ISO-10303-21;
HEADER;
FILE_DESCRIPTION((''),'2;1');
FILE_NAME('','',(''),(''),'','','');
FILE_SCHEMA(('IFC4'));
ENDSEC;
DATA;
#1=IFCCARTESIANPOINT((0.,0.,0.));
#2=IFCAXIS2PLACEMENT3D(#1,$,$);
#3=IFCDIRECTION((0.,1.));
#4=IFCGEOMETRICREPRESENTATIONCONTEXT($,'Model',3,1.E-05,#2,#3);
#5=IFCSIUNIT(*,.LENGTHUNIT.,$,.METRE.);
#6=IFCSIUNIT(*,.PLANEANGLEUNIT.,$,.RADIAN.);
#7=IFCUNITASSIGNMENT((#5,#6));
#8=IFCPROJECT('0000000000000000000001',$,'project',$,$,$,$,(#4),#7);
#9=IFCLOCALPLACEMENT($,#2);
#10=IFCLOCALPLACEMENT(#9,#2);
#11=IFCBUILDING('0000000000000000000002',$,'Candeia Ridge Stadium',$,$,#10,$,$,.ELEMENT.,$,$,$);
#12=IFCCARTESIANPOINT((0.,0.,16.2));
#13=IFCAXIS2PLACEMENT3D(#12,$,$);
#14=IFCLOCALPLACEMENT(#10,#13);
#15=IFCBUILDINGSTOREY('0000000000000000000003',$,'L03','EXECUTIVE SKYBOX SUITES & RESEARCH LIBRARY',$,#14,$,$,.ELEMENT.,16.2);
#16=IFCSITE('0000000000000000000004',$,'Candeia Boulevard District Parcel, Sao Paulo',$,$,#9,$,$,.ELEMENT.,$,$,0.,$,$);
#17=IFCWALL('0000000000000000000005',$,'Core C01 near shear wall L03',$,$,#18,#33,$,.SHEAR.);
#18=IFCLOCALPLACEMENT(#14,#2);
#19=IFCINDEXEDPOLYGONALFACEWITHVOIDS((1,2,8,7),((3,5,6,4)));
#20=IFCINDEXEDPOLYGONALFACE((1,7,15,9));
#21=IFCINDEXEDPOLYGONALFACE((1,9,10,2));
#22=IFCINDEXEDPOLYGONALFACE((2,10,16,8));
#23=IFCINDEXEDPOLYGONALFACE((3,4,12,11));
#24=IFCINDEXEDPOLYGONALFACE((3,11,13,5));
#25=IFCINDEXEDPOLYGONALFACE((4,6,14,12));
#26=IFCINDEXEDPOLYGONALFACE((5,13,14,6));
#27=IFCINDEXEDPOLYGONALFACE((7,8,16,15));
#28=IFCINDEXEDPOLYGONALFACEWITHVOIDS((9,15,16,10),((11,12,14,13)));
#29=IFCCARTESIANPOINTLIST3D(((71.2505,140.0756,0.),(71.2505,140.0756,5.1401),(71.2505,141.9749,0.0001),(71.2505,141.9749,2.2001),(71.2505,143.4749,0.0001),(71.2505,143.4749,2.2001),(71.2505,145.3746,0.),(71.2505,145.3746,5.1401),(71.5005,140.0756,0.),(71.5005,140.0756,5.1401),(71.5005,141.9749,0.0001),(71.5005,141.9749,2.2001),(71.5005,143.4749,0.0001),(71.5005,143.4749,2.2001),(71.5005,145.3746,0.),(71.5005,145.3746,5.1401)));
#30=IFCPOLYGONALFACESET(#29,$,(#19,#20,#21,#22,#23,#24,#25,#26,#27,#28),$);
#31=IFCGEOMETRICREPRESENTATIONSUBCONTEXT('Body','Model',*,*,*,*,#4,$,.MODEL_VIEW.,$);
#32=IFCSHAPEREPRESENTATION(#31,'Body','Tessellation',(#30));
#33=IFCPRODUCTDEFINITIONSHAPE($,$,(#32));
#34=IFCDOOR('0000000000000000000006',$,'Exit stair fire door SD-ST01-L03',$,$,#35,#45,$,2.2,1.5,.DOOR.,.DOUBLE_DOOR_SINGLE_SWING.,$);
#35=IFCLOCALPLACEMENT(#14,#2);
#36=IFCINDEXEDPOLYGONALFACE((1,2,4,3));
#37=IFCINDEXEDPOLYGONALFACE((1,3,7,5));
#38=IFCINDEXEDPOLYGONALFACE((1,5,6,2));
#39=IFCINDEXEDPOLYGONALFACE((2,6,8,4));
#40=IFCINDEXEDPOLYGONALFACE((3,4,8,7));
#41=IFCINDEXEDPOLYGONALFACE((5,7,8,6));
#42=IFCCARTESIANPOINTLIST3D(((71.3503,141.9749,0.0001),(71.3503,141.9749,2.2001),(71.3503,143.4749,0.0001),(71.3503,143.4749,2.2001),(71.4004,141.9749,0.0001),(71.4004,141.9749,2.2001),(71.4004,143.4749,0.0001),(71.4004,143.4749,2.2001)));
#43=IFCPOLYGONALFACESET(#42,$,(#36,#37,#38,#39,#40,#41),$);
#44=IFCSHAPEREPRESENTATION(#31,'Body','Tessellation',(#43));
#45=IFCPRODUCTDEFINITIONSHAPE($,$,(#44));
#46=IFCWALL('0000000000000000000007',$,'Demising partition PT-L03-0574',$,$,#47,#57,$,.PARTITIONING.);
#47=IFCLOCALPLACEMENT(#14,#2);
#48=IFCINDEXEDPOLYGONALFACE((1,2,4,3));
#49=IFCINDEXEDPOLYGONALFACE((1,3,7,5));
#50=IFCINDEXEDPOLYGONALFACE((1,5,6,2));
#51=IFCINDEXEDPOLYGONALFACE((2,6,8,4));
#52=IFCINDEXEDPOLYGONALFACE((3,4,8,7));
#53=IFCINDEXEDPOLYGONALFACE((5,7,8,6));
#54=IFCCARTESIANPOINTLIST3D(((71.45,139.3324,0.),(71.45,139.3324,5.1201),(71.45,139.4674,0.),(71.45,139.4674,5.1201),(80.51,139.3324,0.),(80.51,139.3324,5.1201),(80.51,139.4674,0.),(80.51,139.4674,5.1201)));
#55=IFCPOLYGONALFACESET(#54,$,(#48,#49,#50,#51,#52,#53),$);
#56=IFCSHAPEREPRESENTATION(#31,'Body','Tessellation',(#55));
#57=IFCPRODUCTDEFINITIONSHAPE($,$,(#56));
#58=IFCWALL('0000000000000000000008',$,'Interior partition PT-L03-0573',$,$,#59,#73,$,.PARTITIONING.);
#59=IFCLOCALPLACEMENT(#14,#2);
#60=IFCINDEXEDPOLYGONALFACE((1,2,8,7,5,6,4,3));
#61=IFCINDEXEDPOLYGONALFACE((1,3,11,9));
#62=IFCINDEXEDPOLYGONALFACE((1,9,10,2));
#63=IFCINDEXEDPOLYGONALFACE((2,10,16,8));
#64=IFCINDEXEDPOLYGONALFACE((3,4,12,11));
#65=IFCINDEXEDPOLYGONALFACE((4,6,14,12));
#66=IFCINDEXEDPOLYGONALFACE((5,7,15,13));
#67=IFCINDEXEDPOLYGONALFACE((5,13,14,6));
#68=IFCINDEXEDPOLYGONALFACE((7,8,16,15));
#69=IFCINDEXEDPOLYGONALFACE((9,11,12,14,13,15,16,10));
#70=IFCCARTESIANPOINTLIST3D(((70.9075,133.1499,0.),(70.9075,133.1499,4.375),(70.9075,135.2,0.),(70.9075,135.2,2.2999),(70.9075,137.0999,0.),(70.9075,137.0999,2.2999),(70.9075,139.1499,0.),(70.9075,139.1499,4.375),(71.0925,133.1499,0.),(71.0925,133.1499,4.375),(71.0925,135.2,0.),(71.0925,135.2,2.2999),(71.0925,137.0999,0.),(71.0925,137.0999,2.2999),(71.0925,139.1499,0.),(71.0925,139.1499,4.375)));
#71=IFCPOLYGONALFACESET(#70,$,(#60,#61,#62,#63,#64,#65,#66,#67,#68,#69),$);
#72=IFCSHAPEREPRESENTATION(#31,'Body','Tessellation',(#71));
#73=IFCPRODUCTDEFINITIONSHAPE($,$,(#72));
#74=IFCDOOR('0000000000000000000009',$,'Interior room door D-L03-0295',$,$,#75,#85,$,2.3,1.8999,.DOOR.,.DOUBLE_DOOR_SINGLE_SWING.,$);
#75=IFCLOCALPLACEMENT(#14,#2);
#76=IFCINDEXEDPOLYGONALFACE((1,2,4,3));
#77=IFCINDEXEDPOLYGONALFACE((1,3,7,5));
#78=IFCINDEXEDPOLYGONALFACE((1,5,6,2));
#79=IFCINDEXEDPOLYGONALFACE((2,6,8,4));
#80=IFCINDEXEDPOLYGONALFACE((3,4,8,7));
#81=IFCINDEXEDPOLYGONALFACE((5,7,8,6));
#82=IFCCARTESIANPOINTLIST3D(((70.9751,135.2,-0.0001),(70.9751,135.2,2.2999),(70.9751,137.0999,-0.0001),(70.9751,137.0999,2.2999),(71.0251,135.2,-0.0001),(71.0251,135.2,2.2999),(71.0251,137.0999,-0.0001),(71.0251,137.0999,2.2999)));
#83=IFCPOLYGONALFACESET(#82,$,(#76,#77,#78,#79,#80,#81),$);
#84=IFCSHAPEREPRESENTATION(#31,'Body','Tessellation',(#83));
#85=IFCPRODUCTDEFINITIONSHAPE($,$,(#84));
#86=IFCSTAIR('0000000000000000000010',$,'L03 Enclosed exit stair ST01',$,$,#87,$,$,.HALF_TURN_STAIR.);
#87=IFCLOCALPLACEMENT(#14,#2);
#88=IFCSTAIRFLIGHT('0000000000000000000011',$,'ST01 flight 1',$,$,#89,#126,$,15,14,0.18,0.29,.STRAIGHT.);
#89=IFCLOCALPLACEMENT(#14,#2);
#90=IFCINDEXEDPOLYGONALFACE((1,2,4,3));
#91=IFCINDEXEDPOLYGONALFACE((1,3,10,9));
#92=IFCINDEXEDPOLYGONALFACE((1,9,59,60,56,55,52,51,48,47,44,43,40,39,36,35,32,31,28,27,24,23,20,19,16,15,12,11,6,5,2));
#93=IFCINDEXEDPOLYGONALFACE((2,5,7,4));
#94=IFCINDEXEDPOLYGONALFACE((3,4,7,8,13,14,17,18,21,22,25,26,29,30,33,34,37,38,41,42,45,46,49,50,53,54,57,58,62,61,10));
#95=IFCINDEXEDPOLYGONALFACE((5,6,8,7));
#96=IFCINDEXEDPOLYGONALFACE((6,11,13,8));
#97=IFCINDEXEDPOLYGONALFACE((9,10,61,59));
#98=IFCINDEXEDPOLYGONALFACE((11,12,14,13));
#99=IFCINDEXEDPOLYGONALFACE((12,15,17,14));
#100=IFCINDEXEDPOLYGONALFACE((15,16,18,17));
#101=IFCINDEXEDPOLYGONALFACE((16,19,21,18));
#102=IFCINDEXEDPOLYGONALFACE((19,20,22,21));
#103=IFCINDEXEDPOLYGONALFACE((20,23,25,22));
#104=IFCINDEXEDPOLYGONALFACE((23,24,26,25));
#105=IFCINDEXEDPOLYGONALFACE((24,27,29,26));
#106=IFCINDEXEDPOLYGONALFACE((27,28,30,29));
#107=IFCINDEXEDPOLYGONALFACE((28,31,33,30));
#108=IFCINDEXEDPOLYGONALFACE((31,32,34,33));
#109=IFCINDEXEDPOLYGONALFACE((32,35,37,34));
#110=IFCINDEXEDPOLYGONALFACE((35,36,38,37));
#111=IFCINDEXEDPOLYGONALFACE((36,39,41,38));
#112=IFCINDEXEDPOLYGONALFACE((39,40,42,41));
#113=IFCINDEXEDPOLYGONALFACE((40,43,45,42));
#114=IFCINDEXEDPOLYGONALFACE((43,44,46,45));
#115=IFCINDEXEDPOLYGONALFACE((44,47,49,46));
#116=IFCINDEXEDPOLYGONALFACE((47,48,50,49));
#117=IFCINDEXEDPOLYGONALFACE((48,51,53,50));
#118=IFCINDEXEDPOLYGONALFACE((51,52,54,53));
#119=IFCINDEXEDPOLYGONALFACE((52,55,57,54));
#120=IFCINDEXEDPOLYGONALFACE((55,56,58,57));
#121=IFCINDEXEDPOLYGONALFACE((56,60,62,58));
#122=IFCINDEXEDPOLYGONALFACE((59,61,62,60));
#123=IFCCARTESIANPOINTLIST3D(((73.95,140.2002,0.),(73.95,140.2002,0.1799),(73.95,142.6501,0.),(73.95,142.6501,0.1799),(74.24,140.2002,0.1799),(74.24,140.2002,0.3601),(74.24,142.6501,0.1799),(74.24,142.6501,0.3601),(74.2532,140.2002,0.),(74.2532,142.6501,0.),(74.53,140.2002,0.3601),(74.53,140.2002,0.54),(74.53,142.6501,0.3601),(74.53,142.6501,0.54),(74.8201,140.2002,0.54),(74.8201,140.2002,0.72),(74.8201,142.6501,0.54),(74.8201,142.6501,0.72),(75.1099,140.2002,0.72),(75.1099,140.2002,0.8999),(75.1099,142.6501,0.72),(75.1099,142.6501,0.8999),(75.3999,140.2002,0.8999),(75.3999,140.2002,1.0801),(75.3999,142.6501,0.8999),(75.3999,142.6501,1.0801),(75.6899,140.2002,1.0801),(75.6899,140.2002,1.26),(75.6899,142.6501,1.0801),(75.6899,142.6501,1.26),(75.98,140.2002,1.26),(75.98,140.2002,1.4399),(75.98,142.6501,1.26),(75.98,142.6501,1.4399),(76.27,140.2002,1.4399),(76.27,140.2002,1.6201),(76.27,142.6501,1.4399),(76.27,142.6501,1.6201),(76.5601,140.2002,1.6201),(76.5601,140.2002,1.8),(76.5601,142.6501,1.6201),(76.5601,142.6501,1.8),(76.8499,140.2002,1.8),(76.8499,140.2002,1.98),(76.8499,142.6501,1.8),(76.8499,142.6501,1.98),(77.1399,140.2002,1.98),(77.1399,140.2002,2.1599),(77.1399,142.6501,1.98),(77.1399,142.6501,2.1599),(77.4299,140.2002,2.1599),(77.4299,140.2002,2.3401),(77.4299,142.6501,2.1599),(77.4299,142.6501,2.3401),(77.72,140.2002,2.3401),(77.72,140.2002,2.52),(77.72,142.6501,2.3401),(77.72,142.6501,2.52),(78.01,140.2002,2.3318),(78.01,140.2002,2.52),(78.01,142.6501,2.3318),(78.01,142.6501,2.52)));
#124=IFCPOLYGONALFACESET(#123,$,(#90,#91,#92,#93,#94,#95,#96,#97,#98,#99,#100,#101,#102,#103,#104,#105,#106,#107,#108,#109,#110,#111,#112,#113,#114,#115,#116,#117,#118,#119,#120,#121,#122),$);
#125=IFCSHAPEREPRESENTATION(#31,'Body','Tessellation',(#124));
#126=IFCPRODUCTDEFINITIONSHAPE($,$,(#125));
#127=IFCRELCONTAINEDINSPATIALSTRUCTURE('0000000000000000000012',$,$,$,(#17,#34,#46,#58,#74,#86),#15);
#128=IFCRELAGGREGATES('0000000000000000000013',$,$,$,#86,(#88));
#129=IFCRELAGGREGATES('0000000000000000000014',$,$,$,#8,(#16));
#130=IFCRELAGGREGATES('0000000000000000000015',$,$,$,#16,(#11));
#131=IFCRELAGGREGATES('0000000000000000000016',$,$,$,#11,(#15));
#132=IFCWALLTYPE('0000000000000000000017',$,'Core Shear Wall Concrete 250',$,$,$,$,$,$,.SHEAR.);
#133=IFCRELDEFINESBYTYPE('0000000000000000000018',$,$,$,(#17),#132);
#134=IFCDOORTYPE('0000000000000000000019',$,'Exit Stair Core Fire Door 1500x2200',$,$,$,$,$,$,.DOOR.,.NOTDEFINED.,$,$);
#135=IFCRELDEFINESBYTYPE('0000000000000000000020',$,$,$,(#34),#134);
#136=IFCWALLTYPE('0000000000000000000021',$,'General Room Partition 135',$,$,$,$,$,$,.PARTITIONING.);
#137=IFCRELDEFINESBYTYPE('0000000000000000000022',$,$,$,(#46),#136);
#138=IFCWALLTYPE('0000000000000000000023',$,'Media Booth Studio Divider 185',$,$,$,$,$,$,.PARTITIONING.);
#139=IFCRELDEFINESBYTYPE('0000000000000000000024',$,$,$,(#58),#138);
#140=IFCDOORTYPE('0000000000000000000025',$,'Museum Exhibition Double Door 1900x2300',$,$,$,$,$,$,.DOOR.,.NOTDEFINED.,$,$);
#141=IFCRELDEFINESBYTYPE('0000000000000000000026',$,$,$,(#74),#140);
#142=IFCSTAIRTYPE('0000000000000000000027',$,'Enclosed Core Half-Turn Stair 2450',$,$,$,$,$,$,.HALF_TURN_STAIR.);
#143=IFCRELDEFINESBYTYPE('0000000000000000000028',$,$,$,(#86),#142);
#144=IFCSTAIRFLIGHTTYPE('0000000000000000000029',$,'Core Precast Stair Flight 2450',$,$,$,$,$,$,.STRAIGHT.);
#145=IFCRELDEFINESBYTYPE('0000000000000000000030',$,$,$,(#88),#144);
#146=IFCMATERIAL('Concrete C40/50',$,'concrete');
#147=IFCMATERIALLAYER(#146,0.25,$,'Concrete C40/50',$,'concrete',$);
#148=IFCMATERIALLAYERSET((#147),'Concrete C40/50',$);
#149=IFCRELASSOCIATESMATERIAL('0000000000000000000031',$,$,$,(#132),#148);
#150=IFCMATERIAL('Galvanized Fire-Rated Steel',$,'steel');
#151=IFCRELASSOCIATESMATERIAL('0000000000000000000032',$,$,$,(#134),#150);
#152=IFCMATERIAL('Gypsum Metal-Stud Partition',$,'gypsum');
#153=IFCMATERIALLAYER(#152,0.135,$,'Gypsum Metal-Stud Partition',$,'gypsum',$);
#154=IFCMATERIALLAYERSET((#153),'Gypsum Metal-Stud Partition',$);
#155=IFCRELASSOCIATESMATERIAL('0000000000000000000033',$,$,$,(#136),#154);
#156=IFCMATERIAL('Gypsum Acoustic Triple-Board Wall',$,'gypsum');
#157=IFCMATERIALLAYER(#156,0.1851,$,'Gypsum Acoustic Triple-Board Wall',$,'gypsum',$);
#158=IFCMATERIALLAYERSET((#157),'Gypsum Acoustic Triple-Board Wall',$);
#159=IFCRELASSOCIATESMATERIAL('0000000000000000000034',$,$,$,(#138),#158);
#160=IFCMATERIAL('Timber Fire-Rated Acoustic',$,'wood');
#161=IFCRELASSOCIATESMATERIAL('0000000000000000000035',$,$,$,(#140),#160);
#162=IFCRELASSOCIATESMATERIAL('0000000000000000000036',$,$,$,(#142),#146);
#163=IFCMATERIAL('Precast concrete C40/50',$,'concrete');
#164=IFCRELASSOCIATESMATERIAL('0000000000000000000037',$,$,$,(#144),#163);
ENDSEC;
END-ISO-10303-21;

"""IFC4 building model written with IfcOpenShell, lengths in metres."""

from ifc_helpers import new_model, si_unit, direction, frame, frame_2d, origin, place, context, subcontext, project, spatial, polyline, rectangle, outline, extrude, material, layer, layer_set, type_object, element, fill, aggregate, save


model = new_model("IFC4")

# Units and contexts
model_context = context("Model", 3, precision=1e-05, world=origin(), true_north=direction((0.0, 1.0)))
body_context = subcontext(model_context, "Body", "Model", "MODEL_VIEW")
ifc_project = project(units=[si_unit("LENGTHUNIT", "METRE"), si_unit("PLANEANGLEUNIT", "RADIAN")], contexts=[model_context])

# Site, building, storey
site_placement = place(None, origin())
site = spatial("IfcSite", under=ifc_project, at=site_placement, Name="Candeia Boulevard District Parcel, Sao Paulo", CompositionType="ELEMENT", RefElevation=0.0)
building_placement = place(site_placement, origin())
building = spatial("IfcBuilding", under=site, at=building_placement, Name="Candeia Ridge Stadium", CompositionType="ELEMENT")
storey_placement = place(building_placement, frame((0.0, 0.0, 16.2)))
storey = spatial("IfcBuildingStorey", under=building, at=storey_placement, Name="L03", Description="EXECUTIVE SKYBOX SUITES & RESEARCH LIBRARY", CompositionType="ELEMENT", Elevation=16.2)

# Shared definitions
ifc_material_1 = material(Name="Concrete C40/50", Category="concrete")

# Shared definitions
ifc_layer_1 = layer(ifc_material_1, 0.25, Name="Concrete C40/50", Category="concrete")
ifc_layer_set_1 = layer_set([ifc_layer_1], Name="Concrete C40/50")
wall_type_1 = type_object("IfcWallType", Name="Core Shear Wall Concrete 250", PredefinedType="SHEAR", material=ifc_layer_set_1)

# Wall, opening, door
wall_1_placement = place(storey_placement, frame((71.3755, 145.3745, 0.0), z_axis=(0.0, 0.0, 1.0), x_axis=(0.0, -1.0, 0.0)))
wall_1 = element("IfcWall", 1, at=wall_1_placement, inside=storey, type_object=wall_type_1, Name="Core C01 near shear wall L03", PredefinedType="SHEAR", context=body_context, shape_type="SweptSolid", body=[
    extrude(rectangle(XDim=5.2991, YDim=0.25, at=frame_2d((2.6494, 0.0))), origin(), (0.0, 0.0, 1.0), 5.1401),
])
opening_1_placement = place(wall_1_placement, frame((1.8997, 0.0, 0.0)))
opening_1 = element("IfcOpeningElement", 2, at=opening_1_placement, cuts=wall_1, PredefinedType="OPENING", context=body_context, shape_type="SweptSolid", body=[
    extrude(rectangle(XDim=1.5, YDim=2.2, at=frame_2d((0.75, 1.1001))), frame((0.0, 0.135, 0.0), z_axis=(0.0, -1.0, 0.0), x_axis=(1.0, 0.0, 0.0)), (0.0, 0.0, 1.0), 0.27),
])
ifc_material_2 = material(Name="Galvanized Fire-Rated Steel", Category="steel")
door_type_1 = type_object("IfcDoorType", Name="Exit Stair Core Fire Door 1500x2200", OperationType="NOTDEFINED", PredefinedType="DOOR", material=ifc_material_2)
door_1_placement = place(opening_1_placement, origin())
door_1 = element("IfcDoor", 3, at=door_1_placement, inside=storey, type_object=door_type_1, Name="Exit stair fire door SD-ST01-L03", OperationType="DOUBLE_DOOR_SINGLE_SWING", OverallHeight=2.2, OverallWidth=1.5, PredefinedType="DOOR", context=body_context, shape_type="SweptSolid", body=[
    extrude(rectangle(XDim=1.5, YDim=2.2, at=frame_2d((0.75, 1.1001))), frame((0.0, 0.0249, 0.0), z_axis=(0.0, -1.0, 0.0), x_axis=(1.0, 0.0, 0.0)), (0.0, 0.0, 1.0), 0.05),
])
fill(opening_1, door_1)

# Wall
ifc_material_3 = material(Name="Gypsum Metal-Stud Partition", Category="gypsum")
ifc_layer_2 = layer(ifc_material_3, 0.135, Name="Gypsum Metal-Stud Partition", Category="gypsum")
ifc_layer_set_2 = layer_set([ifc_layer_2], Name="Gypsum Metal-Stud Partition")
wall_type_2 = type_object("IfcWallType", Name="General Room Partition 135", PredefinedType="PARTITIONING", material=ifc_layer_set_2)
wall_2_placement = place(storey_placement, frame((71.45, 139.3999, 0.0), z_axis=(0.0, 0.0, 1.0), x_axis=(1.0, 0.0, 0.0)))
element("IfcWall", 4, at=wall_2_placement, inside=storey, type_object=wall_type_2, Name="Demising partition PT-L03-0574", PredefinedType="PARTITIONING", context=body_context, shape_type="SweptSolid", body=[
    extrude(rectangle(XDim=9.0601, YDim=0.135, at=frame_2d((4.53, 0.0))), origin(), (0.0, 0.0, 1.0), 5.1201),
])

# Wall, opening, door
ifc_material_4 = material(Name="Gypsum Acoustic Triple-Board Wall", Category="gypsum")
ifc_layer_3 = layer(ifc_material_4, 0.1851, Name="Gypsum Acoustic Triple-Board Wall", Category="gypsum")
ifc_layer_set_3 = layer_set([ifc_layer_3], Name="Gypsum Acoustic Triple-Board Wall")
wall_type_3 = type_object("IfcWallType", Name="Media Booth Studio Divider 185", PredefinedType="PARTITIONING", material=ifc_layer_set_3)
wall_3_placement = place(storey_placement, frame((71.0, 133.1499, 0.0), z_axis=(0.0, 0.0, 1.0), x_axis=(0.0, 1.0, 0.0)))
wall_3 = element("IfcWall", 5, at=wall_3_placement, inside=storey, type_object=wall_type_3, Name="Interior partition PT-L03-0573", PredefinedType="PARTITIONING", context=body_context, shape_type="SweptSolid", body=[
    extrude(rectangle(XDim=6.0, YDim=0.1851, at=frame_2d((3.0, 0.0))), origin(), (0.0, 0.0, 1.0), 4.375),
])
opening_2_placement = place(wall_3_placement, frame((2.05, 0.0, 0.0)))
opening_2 = element("IfcOpeningElement", 6, at=opening_2_placement, cuts=wall_3, PredefinedType="OPENING", context=body_context, shape_type="SweptSolid", body=[
    extrude(rectangle(XDim=1.8999, YDim=2.3, at=frame_2d((0.95, 1.1499))), frame((0.0, 0.1025, 0.0), z_axis=(0.0, -1.0, 0.0), x_axis=(1.0, 0.0, 0.0)), (0.0, 0.0, 1.0), 0.2051),
])
ifc_material_5 = material(Name="Timber Fire-Rated Acoustic", Category="wood")
door_type_2 = type_object("IfcDoorType", Name="Museum Exhibition Double Door 1900x2300", OperationType="NOTDEFINED", PredefinedType="DOOR", material=ifc_material_5)
door_2_placement = place(opening_2_placement, origin())
door_2 = element("IfcDoor", 7, at=door_2_placement, inside=storey, type_object=door_type_2, Name="Interior room door D-L03-0295", OperationType="DOUBLE_DOOR_SINGLE_SWING", OverallHeight=2.3, OverallWidth=1.8999, PredefinedType="DOOR", context=body_context, shape_type="SweptSolid", body=[
    extrude(rectangle(XDim=1.8999, YDim=2.3, at=frame_2d((0.95, 1.1499))), frame((0.0, 0.0249, 0.0), z_axis=(0.0, -1.0, 0.0), x_axis=(1.0, 0.0, 0.0)), (0.0, 0.0, 1.0), 0.05),
])
fill(opening_2, door_2)

# Stair, stair flight
stair_type = type_object("IfcStairType", Name="Enclosed Core Half-Turn Stair 2450", PredefinedType="HALF_TURN_STAIR", material=ifc_material_1)
stair_placement = place(storey_placement, origin())
stair = element("IfcStair", 8, at=stair_placement, inside=storey, type_object=stair_type, Name="L03 Enclosed exit stair ST01", PredefinedType="HALF_TURN_STAIR")
ifc_material_6 = material(Name="Precast concrete C40/50", Category="concrete")
stair_flight_type = type_object("IfcStairFlightType", Name="Core Precast Stair Flight 2450", PredefinedType="STRAIGHT", material=ifc_material_6)
stair_flight_placement = place(storey_placement, frame((73.95, 141.425, 0.0), z_axis=(0.0, 0.0, 1.0), x_axis=(1.0, 0.0, 0.0)))
stair_flight = element("IfcStairFlight", 9, at=stair_flight_placement, type_object=stair_flight_type, Name="ST01 flight 1", NumberOfRisers=15, NumberOfTreads=14, PredefinedType="STRAIGHT", RiserHeight=0.18, TreadLength=0.29, context=body_context, shape_type="SweptSolid", body=[
    extrude(outline(polyline([(0.0, 0.0), (0.0, 0.1799), (0.29, 0.1799), (0.29, 0.3601), (0.5801, 0.3601), (0.5801, 0.54), (0.8701, 0.54), (0.8701, 0.72), (1.1599, 0.72), (1.1599, 0.8999), (1.45, 0.8999), (1.45, 1.0801), (1.74, 1.0801), (1.74, 1.26), (2.03, 1.26), (2.03, 1.4399), (2.3201, 1.4399), (2.3201, 1.6201), (2.6101, 1.6201), (2.6101, 1.8), (2.8999, 1.8), (2.8999, 1.98), (3.1899, 1.98), (3.1899, 2.1599), (3.48, 2.1599), (3.48, 2.3401), (3.77, 2.3401), (3.77, 2.52), (4.0601, 2.52), (4.0601, 2.7), (4.0601, 2.3318), (0.3032, 0.0), (0.0, 0.0)])), frame((0.0, 1.2251, 0.0), z_axis=(0.0, -1.0, 0.0), x_axis=(1.0, 0.0, 0.0)), (0.0, 0.0, 1.0), 2.45),
])
aggregate(stair, [stair_flight])

save(model, "model.ifc")
